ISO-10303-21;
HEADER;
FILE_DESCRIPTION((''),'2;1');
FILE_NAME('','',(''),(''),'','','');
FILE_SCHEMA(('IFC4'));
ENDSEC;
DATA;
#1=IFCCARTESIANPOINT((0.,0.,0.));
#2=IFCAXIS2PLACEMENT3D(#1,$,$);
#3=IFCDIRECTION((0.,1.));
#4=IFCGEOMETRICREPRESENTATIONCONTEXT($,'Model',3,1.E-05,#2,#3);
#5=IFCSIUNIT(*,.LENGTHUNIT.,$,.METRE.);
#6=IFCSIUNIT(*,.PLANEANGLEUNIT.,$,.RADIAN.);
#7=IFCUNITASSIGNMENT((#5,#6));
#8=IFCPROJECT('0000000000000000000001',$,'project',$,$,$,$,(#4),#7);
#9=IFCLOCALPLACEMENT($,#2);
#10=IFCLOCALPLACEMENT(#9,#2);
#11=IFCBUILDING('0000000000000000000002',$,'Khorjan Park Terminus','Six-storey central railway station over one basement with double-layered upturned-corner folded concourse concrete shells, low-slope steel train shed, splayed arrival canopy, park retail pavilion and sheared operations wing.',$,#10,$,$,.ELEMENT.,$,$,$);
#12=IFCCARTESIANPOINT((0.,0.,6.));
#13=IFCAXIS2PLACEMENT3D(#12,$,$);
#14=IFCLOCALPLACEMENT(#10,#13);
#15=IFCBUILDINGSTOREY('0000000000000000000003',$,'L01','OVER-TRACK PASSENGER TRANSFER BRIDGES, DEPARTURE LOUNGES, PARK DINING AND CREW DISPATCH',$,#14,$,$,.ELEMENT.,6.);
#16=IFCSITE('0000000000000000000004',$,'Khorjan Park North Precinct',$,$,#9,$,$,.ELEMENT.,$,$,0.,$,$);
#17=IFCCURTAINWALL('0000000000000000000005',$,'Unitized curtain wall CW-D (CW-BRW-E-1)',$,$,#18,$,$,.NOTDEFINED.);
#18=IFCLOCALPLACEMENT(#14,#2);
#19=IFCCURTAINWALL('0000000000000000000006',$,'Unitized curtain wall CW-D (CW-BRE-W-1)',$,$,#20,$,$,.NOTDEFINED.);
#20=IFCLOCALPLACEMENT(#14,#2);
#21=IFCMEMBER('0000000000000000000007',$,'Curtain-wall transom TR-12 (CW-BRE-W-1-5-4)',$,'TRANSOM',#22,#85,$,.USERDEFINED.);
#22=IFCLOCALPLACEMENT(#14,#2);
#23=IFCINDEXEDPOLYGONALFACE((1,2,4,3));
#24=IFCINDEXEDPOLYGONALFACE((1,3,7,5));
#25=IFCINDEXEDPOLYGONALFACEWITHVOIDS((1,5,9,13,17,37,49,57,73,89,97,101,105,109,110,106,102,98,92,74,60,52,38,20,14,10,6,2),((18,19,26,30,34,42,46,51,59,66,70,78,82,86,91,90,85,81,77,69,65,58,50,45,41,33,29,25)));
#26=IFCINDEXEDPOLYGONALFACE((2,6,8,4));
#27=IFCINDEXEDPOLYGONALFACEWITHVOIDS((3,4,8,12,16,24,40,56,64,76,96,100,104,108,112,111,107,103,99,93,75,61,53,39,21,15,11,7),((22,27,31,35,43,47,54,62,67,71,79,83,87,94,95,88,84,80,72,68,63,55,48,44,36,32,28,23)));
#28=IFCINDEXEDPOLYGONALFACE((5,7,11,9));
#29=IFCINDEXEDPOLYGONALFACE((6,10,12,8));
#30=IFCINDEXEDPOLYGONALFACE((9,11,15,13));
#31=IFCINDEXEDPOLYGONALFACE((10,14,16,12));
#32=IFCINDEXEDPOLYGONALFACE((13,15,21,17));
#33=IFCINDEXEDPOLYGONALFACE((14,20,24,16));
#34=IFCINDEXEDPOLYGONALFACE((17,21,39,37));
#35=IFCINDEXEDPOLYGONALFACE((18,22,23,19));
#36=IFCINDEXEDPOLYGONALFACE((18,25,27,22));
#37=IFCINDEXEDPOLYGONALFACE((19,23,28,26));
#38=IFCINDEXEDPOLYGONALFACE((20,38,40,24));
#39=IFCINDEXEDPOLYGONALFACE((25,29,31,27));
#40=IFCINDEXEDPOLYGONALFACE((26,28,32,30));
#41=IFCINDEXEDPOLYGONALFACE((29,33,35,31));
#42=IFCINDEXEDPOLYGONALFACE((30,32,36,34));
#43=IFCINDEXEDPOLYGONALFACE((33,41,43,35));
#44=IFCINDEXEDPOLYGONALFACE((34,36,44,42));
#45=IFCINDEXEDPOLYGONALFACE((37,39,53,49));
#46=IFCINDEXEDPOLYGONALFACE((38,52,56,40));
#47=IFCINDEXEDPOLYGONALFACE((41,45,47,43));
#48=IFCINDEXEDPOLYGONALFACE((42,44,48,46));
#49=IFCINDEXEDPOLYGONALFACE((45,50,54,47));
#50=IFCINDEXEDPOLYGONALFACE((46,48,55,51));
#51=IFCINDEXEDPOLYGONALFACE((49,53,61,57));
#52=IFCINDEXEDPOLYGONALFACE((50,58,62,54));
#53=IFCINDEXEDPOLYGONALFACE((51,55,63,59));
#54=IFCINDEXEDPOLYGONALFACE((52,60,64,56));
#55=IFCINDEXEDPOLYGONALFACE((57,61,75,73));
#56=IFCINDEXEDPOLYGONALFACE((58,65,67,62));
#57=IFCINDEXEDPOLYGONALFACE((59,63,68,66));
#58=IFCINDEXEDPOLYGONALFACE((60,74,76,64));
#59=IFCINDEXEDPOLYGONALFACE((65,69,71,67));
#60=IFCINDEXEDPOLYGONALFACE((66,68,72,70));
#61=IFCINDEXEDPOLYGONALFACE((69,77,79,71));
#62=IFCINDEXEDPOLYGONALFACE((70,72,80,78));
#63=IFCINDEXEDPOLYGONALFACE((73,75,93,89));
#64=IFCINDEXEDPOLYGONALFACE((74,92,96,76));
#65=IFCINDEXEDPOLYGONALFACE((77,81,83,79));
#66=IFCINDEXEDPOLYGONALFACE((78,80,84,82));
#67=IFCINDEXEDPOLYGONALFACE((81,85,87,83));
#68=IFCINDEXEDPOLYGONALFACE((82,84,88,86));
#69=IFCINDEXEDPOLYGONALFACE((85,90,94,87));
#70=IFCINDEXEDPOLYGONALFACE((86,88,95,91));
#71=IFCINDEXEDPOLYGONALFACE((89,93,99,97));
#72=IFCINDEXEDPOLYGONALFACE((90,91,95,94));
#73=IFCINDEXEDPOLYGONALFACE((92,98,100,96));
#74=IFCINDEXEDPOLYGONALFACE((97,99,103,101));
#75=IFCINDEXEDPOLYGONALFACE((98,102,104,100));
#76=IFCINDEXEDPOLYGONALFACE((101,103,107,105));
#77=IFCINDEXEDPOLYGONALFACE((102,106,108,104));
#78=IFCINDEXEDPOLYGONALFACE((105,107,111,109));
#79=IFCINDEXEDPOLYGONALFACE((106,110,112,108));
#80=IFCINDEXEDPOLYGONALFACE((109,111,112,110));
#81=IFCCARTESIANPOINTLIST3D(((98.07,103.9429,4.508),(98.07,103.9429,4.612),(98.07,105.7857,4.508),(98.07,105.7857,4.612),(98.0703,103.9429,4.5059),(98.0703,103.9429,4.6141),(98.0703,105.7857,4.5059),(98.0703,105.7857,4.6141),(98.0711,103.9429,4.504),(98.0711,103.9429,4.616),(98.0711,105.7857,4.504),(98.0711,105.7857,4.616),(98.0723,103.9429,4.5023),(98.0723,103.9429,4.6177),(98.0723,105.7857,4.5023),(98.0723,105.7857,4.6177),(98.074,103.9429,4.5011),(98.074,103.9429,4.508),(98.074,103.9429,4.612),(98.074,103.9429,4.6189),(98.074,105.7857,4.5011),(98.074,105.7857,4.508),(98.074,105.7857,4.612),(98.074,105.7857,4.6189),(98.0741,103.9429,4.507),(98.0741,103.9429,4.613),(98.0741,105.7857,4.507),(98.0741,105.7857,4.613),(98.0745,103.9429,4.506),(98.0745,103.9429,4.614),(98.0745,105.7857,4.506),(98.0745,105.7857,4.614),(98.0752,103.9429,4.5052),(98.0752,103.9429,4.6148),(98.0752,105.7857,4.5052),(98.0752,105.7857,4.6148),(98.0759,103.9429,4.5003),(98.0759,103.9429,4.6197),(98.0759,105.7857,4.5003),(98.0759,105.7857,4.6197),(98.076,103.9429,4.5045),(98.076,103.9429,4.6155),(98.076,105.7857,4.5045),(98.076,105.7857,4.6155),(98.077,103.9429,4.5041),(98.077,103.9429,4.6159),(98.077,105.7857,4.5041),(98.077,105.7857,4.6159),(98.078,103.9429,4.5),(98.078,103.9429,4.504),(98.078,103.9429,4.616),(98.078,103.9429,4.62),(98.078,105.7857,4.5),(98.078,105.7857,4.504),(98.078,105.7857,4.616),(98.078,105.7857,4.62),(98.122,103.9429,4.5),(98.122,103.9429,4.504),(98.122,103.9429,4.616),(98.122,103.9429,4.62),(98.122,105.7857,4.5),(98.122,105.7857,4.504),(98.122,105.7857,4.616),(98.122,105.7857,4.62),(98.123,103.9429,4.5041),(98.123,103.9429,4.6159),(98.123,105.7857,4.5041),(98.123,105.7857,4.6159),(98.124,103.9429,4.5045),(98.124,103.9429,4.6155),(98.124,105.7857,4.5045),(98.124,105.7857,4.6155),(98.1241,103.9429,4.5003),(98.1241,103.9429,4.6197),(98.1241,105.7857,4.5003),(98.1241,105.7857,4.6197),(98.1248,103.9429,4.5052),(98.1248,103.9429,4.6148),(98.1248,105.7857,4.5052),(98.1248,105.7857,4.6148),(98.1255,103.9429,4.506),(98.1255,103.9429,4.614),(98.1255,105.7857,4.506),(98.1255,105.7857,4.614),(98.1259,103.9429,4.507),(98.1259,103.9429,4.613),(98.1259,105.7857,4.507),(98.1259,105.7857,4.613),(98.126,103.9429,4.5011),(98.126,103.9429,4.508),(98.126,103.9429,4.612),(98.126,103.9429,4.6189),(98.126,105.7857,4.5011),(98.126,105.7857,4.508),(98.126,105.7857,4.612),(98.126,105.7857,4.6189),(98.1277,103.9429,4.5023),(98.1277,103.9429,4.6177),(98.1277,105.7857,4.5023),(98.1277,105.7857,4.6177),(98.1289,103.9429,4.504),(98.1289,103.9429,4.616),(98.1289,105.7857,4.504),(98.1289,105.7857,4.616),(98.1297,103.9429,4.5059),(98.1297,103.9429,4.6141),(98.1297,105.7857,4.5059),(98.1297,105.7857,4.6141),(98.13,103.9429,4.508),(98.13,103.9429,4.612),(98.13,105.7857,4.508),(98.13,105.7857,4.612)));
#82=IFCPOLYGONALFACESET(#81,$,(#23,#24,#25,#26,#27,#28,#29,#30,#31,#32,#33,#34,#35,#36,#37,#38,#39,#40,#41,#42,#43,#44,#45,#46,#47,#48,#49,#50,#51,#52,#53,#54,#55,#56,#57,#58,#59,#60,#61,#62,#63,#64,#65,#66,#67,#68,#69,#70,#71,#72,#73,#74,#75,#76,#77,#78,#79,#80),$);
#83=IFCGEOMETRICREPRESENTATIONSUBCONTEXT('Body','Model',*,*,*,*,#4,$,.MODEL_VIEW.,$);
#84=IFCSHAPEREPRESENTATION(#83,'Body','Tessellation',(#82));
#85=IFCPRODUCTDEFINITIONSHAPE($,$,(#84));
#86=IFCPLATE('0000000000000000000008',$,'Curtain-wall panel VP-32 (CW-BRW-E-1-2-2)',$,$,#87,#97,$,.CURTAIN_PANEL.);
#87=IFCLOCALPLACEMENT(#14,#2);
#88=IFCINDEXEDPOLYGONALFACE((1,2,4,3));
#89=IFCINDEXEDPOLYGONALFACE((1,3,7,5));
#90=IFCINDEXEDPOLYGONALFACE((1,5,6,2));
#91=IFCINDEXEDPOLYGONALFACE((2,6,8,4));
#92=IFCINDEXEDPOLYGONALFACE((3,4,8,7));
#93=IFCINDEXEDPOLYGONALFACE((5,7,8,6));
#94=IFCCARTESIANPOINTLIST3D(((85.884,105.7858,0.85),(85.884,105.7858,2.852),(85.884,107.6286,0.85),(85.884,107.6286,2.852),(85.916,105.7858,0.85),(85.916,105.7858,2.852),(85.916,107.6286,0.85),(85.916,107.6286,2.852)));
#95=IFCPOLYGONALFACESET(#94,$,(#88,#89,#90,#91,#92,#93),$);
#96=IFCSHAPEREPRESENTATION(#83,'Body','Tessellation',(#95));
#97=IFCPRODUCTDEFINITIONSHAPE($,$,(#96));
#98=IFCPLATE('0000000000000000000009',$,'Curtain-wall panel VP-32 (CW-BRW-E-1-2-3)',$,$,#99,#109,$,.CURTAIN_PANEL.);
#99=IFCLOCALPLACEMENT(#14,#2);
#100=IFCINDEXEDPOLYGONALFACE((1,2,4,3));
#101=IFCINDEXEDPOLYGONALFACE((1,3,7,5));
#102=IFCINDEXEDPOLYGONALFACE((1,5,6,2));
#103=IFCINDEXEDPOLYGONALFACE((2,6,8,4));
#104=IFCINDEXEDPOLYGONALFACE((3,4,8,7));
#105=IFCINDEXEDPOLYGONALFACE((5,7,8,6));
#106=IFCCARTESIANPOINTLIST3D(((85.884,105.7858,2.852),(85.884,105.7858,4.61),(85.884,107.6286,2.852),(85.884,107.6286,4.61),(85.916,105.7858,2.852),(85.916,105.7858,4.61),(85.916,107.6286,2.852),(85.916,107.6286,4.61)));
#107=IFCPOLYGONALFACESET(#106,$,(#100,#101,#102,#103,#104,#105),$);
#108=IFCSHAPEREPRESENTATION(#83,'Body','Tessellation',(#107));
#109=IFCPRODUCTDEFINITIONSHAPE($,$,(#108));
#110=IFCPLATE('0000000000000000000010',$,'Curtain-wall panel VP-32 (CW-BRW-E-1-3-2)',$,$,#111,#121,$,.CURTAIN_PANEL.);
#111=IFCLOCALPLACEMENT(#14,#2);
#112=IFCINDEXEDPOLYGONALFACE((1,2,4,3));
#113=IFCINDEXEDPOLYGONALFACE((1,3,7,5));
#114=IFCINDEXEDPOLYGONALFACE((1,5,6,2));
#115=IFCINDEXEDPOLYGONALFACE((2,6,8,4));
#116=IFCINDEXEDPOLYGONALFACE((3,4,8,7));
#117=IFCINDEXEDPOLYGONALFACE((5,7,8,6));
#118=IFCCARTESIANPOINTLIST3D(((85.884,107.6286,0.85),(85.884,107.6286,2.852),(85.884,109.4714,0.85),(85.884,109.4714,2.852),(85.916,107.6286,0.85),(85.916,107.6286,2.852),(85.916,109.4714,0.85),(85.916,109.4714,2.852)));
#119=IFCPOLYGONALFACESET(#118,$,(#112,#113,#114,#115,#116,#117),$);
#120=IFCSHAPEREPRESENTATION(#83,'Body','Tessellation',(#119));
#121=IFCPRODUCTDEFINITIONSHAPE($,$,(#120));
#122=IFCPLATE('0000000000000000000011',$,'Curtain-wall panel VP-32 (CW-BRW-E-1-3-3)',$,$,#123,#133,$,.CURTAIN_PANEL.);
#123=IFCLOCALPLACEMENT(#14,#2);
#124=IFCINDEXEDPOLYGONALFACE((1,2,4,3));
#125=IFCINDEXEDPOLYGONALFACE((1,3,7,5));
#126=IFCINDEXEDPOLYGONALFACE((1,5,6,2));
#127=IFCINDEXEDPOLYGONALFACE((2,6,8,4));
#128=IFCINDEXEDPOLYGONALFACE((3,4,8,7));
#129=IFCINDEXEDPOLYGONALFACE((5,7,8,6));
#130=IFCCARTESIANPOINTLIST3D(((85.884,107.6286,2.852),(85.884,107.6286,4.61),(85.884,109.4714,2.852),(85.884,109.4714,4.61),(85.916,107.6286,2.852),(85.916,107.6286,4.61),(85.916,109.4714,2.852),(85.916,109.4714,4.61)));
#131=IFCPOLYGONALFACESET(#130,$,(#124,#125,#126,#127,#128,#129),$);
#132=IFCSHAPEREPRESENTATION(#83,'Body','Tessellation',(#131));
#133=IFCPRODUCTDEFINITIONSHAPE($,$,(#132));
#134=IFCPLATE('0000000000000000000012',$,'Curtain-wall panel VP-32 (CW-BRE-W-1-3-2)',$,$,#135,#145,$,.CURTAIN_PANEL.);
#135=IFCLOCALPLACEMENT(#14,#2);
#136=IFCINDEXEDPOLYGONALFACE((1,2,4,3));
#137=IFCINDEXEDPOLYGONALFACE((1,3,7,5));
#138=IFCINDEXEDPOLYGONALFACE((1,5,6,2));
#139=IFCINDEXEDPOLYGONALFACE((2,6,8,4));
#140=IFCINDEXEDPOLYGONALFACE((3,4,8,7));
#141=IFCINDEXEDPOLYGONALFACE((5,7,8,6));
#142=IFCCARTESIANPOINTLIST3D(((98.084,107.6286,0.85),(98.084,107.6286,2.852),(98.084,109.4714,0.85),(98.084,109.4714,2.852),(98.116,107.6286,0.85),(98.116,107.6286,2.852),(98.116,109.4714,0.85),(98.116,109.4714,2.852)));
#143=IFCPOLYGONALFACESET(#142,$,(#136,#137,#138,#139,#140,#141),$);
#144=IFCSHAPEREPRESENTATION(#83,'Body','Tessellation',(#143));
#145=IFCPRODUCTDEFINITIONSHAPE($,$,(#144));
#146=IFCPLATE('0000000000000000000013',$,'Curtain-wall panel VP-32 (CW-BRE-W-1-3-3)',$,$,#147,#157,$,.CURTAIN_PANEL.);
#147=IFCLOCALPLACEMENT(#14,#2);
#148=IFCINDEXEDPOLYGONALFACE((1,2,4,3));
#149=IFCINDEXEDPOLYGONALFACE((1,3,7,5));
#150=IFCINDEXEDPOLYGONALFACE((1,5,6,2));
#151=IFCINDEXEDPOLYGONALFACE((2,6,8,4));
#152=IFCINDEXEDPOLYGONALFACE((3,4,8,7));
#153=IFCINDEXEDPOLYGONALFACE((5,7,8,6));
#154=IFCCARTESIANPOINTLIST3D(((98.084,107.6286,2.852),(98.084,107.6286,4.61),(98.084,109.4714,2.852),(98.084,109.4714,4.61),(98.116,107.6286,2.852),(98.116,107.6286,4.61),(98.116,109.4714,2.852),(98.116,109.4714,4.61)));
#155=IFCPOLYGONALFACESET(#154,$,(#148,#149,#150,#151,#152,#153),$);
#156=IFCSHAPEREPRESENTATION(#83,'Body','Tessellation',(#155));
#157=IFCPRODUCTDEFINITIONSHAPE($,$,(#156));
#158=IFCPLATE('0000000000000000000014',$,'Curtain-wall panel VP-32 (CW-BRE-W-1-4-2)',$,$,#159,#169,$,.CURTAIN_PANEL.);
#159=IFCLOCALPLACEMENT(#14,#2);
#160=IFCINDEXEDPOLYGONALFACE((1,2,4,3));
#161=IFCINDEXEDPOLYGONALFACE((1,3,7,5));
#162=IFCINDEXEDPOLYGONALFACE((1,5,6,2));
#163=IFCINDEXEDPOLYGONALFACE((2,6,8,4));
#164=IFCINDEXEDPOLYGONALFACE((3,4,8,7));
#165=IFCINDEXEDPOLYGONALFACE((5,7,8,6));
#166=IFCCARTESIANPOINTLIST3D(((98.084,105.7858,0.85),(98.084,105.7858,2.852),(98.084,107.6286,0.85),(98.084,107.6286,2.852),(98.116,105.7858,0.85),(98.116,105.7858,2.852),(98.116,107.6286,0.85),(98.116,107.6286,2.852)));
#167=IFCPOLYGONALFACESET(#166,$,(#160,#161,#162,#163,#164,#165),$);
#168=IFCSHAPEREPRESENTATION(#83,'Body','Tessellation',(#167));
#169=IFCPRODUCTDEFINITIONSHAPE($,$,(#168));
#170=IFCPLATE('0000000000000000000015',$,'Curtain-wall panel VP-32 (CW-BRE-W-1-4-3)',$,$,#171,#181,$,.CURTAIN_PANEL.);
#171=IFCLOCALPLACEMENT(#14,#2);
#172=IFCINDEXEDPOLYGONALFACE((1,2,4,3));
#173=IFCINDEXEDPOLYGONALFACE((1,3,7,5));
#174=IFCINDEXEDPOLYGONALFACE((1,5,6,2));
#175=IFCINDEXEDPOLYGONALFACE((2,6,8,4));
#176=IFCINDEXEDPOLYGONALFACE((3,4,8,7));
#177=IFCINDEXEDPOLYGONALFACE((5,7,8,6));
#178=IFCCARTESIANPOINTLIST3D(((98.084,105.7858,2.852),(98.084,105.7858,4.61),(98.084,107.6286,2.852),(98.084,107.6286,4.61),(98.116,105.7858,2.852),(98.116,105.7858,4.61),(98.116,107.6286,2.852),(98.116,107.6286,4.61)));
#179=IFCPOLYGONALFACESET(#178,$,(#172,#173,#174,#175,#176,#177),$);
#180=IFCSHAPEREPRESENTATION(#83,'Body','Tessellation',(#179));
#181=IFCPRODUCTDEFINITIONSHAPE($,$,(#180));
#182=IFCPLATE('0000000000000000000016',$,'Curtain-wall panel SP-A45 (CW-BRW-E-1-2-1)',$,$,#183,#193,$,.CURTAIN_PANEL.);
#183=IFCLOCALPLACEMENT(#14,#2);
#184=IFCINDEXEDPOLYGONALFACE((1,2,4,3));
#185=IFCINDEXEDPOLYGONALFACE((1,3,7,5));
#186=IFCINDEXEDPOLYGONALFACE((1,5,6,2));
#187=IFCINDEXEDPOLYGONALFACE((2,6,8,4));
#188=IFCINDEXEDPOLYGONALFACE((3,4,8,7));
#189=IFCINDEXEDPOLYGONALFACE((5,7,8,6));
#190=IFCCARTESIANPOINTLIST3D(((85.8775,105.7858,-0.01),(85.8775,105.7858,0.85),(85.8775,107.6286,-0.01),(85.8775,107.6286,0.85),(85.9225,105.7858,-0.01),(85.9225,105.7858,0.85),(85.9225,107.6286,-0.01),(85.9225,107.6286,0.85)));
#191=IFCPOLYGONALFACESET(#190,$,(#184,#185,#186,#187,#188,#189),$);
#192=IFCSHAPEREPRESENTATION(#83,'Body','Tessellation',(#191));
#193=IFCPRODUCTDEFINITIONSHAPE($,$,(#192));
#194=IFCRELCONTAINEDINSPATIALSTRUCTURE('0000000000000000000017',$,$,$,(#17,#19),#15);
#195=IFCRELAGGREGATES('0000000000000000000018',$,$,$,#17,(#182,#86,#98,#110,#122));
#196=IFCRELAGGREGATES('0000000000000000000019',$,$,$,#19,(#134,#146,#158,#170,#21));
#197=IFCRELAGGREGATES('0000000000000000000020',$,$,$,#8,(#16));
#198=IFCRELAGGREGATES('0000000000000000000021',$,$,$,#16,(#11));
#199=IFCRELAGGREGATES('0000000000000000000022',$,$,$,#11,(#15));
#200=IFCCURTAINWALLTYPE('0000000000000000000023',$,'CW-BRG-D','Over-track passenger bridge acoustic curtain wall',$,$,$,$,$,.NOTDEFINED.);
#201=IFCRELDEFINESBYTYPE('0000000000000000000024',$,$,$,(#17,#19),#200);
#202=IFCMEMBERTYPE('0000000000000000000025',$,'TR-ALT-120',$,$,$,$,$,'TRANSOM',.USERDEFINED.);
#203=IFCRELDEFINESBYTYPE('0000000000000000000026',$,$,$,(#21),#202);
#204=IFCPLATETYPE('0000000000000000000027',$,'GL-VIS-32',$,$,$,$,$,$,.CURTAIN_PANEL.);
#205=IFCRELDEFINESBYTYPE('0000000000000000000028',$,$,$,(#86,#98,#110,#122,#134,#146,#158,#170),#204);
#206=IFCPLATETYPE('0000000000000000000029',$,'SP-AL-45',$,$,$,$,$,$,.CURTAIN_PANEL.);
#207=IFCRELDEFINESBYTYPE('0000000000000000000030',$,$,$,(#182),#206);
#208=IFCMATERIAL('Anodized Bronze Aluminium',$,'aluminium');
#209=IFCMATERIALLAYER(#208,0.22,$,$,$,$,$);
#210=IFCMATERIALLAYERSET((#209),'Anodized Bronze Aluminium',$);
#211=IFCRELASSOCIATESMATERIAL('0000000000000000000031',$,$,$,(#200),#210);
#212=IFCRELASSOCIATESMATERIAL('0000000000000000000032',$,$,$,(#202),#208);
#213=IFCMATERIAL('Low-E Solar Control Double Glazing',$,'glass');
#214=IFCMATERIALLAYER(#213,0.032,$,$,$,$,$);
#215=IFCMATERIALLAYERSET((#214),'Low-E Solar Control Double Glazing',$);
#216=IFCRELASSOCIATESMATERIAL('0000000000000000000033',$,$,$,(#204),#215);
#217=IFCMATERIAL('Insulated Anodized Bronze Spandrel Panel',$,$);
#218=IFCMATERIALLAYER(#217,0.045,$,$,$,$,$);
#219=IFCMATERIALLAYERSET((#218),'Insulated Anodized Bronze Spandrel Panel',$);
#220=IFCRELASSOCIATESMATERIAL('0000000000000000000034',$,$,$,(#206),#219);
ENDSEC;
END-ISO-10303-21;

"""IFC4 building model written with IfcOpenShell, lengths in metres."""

from ifc_helpers import new_model, si_unit, direction, frame, origin, origin_2d, place, context, subcontext, project, spatial, rectangle, hollow_rectangle, extrude, material, layer, layer_set, material_profile, profile_set, type_object, element, aggregate, save


model = new_model("IFC4")

# Units and contexts
model_context = context("Model", 3, precision=1e-05, world=origin(), true_north=direction((0.0, 1.0)))
body_context = subcontext(model_context, "Body", "Model", "MODEL_VIEW")
ifc_project = project(units=[si_unit("LENGTHUNIT", "METRE"), si_unit("PLANEANGLEUNIT", "RADIAN")], contexts=[model_context])

# Site, building, storey
site_placement = place(None, origin())
site = spatial("IfcSite", under=ifc_project, at=site_placement, Name="Khorjan Park North Precinct", CompositionType="ELEMENT", RefElevation=0.0)
building_placement = place(site_placement, origin())
building = spatial("IfcBuilding", under=site, at=building_placement, Name="Khorjan Park Terminus", Description="Six-storey central railway station over one basement with double-layered upturned-corner folded concourse concrete shells, low-slope steel train shed, splayed arrival canopy, park retail pavilion and sheared operations wing.", CompositionType="ELEMENT")
storey_placement = place(building_placement, frame((0.0, 0.0, 6.0)))
storey = spatial("IfcBuildingStorey", under=building, at=storey_placement, Name="L01", Description="OVER-TRACK PASSENGER TRANSFER BRIDGES, DEPARTURE LOUNGES, PARK DINING AND CREW DISPATCH", CompositionType="ELEMENT", Elevation=6.0)

# Curtain walls
ifc_material_1 = material(Name="Anodized Bronze Aluminium", Category="aluminium")
ifc_layer_1 = layer(ifc_material_1, 0.22)
ifc_layer_set_1 = layer_set([ifc_layer_1], Name="Anodized Bronze Aluminium")
curtain_wall_type = type_object("IfcCurtainWallType", Name="CW-BRG-D", Description="Over-track passenger bridge acoustic curtain wall", PredefinedType="NOTDEFINED", material=ifc_layer_set_1)
curtain_wall_1_placement = place(storey_placement, origin())
curtain_wall_1 = element("IfcCurtainWall", 1, at=curtain_wall_1_placement, inside=storey, type_object=curtain_wall_type, Name="Unitized curtain wall CW-D (CW-BRW-E-1)", PredefinedType="NOTDEFINED")
curtain_wall_2_placement = place(storey_placement, origin())
curtain_wall_2 = element("IfcCurtainWall", 2, at=curtain_wall_2_placement, inside=storey, type_object=curtain_wall_type, Name="Unitized curtain wall CW-D (CW-BRE-W-1)", PredefinedType="NOTDEFINED")

# Member
ifc_material_profile_1 = material_profile(ifc_material_1, hollow_rectangle(XDim=0.06, YDim=0.12, WallThickness=0.004, InnerFilletRadius=0.004, OuterFilletRadius=0.008, at=origin_2d()), Name="ALT 60x120x4")
ifc_profile_set_1 = profile_set([ifc_material_profile_1], Name="Anodized Bronze Aluminium")
member_type_1 = type_object("IfcMemberType", Name="TR-ALT-120", ElementType="TRANSOM", PredefinedType="USERDEFINED", material=ifc_profile_set_1)
member_1_placement = place(storey_placement, frame((98.1, 105.7857, 4.56), z_axis=(0.0, -1.0, 0.0), x_axis=(1.0, 0.0, 0.0)))
member_1 = element("IfcMember", 3, at=member_1_placement, type_object=member_type_1, Name="Curtain-wall transom TR-12 (CW-BRE-W-1-5-4)", ObjectType="TRANSOM", PredefinedType="USERDEFINED", context=body_context, shape_type="SweptSolid", body=[
    extrude(hollow_rectangle(XDim=0.06, YDim=0.12, WallThickness=0.004, InnerFilletRadius=0.004, OuterFilletRadius=0.008, at=origin_2d()), origin(), (0.0, 0.0, 1.0), 1.8428),
])

# Plates
ifc_material_2 = material(Name="Low-E Solar Control Double Glazing", Category="glass")
ifc_layer_2 = layer(ifc_material_2, 0.032)
ifc_layer_set_2 = layer_set([ifc_layer_2], Name="Low-E Solar Control Double Glazing")
plate_type_1 = type_object("IfcPlateType", Name="GL-VIS-32", PredefinedType="CURTAIN_PANEL", material=ifc_layer_set_2)
plate_1_placement = place(storey_placement, frame((85.9, 106.7072, 0.85), z_axis=(0.0, 0.0, 1.0), x_axis=(0.0, 1.0, 0.0)))
plate_1 = element("IfcPlate", 4, at=plate_1_placement, type_object=plate_type_1, Name="Curtain-wall panel VP-32 (CW-BRW-E-1-2-2)", PredefinedType="CURTAIN_PANEL", context=body_context, shape_type="SweptSolid", body=[
    extrude(rectangle(XDim=1.8429, YDim=0.032, at=origin_2d()), origin(), (0.0, 0.0, 1.0), 2.002),
])
plate_2_placement = place(storey_placement, frame((85.9, 106.7072, 2.852), z_axis=(0.0, 0.0, 1.0), x_axis=(0.0, 1.0, 0.0)))
plate_2 = element("IfcPlate", 5, at=plate_2_placement, type_object=plate_type_1, Name="Curtain-wall panel VP-32 (CW-BRW-E-1-2-3)", PredefinedType="CURTAIN_PANEL", context=body_context, shape_type="SweptSolid", body=[
    extrude(rectangle(XDim=1.8429, YDim=0.032, at=origin_2d()), origin(), (0.0, 0.0, 1.0), 1.758),
])
plate_3_placement = place(storey_placement, frame((85.9, 108.55, 0.85), z_axis=(0.0, 0.0, 1.0), x_axis=(0.0, 1.0, 0.0)))
plate_3 = element("IfcPlate", 6, at=plate_3_placement, type_object=plate_type_1, Name="Curtain-wall panel VP-32 (CW-BRW-E-1-3-2)", PredefinedType="CURTAIN_PANEL", context=body_context, shape_type="SweptSolid", body=[
    extrude(rectangle(XDim=1.8429, YDim=0.032, at=origin_2d()), origin(), (0.0, 0.0, 1.0), 2.002),
])
plate_4_placement = place(storey_placement, frame((85.9, 108.55, 2.852), z_axis=(0.0, 0.0, 1.0), x_axis=(0.0, 1.0, 0.0)))
plate_4 = element("IfcPlate", 7, at=plate_4_placement, type_object=plate_type_1, Name="Curtain-wall panel VP-32 (CW-BRW-E-1-3-3)", PredefinedType="CURTAIN_PANEL", context=body_context, shape_type="SweptSolid", body=[
    extrude(rectangle(XDim=1.8429, YDim=0.032, at=origin_2d()), origin(), (0.0, 0.0, 1.0), 1.758),
])
plate_5_placement = place(storey_placement, frame((98.1, 108.55, 0.85), z_axis=(0.0, 0.0, 1.0), x_axis=(0.0, -1.0, 0.0)))
plate_5 = element("IfcPlate", 8, at=plate_5_placement, type_object=plate_type_1, Name="Curtain-wall panel VP-32 (CW-BRE-W-1-3-2)", PredefinedType="CURTAIN_PANEL", context=body_context, shape_type="SweptSolid", body=[
    extrude(rectangle(XDim=1.8429, YDim=0.032, at=origin_2d()), origin(), (0.0, 0.0, 1.0), 2.002),
])
plate_6_placement = place(storey_placement, frame((98.1, 108.55, 2.852), z_axis=(0.0, 0.0, 1.0), x_axis=(0.0, -1.0, 0.0)))
plate_6 = element("IfcPlate", 9, at=plate_6_placement, type_object=plate_type_1, Name="Curtain-wall panel VP-32 (CW-BRE-W-1-3-3)", PredefinedType="CURTAIN_PANEL", context=body_context, shape_type="SweptSolid", body=[
    extrude(rectangle(XDim=1.8429, YDim=0.032, at=origin_2d()), origin(), (0.0, 0.0, 1.0), 1.758),
])
plate_7_placement = place(storey_placement, frame((98.1, 106.7072, 0.85), z_axis=(0.0, 0.0, 1.0), x_axis=(0.0, -1.0, 0.0)))
plate_7 = element("IfcPlate", 10, at=plate_7_placement, type_object=plate_type_1, Name="Curtain-wall panel VP-32 (CW-BRE-W-1-4-2)", PredefinedType="CURTAIN_PANEL", context=body_context, shape_type="SweptSolid", body=[
    extrude(rectangle(XDim=1.8429, YDim=0.032, at=origin_2d()), origin(), (0.0, 0.0, 1.0), 2.002),
])
plate_8_placement = place(storey_placement, frame((98.1, 106.7072, 2.852), z_axis=(0.0, 0.0, 1.0), x_axis=(0.0, -1.0, 0.0)))
plate_8 = element("IfcPlate", 11, at=plate_8_placement, type_object=plate_type_1, Name="Curtain-wall panel VP-32 (CW-BRE-W-1-4-3)", PredefinedType="CURTAIN_PANEL", context=body_context, shape_type="SweptSolid", body=[
    extrude(rectangle(XDim=1.8429, YDim=0.032, at=origin_2d()), origin(), (0.0, 0.0, 1.0), 1.758),
])
ifc_material_3 = material(Name="Insulated Anodized Bronze Spandrel Panel")
ifc_layer_3 = layer(ifc_material_3, 0.045)
ifc_layer_set_3 = layer_set([ifc_layer_3], Name="Insulated Anodized Bronze Spandrel Panel")
plate_type_2 = type_object("IfcPlateType", Name="SP-AL-45", PredefinedType="CURTAIN_PANEL", material=ifc_layer_set_3)
plate_9_placement = place(storey_placement, frame((85.9, 106.7072, -0.01), z_axis=(0.0, 0.0, 1.0), x_axis=(0.0, 1.0, 0.0)))
plate_9 = element("IfcPlate", 12, at=plate_9_placement, type_object=plate_type_2, Name="Curtain-wall panel SP-A45 (CW-BRW-E-1-2-1)", PredefinedType="CURTAIN_PANEL", context=body_context, shape_type="SweptSolid", body=[
    extrude(rectangle(XDim=1.8429, YDim=0.045, at=origin_2d()), origin(), (0.0, 0.0, 1.0), 0.86),
])
aggregate(curtain_wall_1, [plate_9, plate_1, plate_2, plate_3, plate_4])
aggregate(curtain_wall_2, [plate_5, plate_6, plate_7, plate_8, member_1])

save(model, "model.ifc")
